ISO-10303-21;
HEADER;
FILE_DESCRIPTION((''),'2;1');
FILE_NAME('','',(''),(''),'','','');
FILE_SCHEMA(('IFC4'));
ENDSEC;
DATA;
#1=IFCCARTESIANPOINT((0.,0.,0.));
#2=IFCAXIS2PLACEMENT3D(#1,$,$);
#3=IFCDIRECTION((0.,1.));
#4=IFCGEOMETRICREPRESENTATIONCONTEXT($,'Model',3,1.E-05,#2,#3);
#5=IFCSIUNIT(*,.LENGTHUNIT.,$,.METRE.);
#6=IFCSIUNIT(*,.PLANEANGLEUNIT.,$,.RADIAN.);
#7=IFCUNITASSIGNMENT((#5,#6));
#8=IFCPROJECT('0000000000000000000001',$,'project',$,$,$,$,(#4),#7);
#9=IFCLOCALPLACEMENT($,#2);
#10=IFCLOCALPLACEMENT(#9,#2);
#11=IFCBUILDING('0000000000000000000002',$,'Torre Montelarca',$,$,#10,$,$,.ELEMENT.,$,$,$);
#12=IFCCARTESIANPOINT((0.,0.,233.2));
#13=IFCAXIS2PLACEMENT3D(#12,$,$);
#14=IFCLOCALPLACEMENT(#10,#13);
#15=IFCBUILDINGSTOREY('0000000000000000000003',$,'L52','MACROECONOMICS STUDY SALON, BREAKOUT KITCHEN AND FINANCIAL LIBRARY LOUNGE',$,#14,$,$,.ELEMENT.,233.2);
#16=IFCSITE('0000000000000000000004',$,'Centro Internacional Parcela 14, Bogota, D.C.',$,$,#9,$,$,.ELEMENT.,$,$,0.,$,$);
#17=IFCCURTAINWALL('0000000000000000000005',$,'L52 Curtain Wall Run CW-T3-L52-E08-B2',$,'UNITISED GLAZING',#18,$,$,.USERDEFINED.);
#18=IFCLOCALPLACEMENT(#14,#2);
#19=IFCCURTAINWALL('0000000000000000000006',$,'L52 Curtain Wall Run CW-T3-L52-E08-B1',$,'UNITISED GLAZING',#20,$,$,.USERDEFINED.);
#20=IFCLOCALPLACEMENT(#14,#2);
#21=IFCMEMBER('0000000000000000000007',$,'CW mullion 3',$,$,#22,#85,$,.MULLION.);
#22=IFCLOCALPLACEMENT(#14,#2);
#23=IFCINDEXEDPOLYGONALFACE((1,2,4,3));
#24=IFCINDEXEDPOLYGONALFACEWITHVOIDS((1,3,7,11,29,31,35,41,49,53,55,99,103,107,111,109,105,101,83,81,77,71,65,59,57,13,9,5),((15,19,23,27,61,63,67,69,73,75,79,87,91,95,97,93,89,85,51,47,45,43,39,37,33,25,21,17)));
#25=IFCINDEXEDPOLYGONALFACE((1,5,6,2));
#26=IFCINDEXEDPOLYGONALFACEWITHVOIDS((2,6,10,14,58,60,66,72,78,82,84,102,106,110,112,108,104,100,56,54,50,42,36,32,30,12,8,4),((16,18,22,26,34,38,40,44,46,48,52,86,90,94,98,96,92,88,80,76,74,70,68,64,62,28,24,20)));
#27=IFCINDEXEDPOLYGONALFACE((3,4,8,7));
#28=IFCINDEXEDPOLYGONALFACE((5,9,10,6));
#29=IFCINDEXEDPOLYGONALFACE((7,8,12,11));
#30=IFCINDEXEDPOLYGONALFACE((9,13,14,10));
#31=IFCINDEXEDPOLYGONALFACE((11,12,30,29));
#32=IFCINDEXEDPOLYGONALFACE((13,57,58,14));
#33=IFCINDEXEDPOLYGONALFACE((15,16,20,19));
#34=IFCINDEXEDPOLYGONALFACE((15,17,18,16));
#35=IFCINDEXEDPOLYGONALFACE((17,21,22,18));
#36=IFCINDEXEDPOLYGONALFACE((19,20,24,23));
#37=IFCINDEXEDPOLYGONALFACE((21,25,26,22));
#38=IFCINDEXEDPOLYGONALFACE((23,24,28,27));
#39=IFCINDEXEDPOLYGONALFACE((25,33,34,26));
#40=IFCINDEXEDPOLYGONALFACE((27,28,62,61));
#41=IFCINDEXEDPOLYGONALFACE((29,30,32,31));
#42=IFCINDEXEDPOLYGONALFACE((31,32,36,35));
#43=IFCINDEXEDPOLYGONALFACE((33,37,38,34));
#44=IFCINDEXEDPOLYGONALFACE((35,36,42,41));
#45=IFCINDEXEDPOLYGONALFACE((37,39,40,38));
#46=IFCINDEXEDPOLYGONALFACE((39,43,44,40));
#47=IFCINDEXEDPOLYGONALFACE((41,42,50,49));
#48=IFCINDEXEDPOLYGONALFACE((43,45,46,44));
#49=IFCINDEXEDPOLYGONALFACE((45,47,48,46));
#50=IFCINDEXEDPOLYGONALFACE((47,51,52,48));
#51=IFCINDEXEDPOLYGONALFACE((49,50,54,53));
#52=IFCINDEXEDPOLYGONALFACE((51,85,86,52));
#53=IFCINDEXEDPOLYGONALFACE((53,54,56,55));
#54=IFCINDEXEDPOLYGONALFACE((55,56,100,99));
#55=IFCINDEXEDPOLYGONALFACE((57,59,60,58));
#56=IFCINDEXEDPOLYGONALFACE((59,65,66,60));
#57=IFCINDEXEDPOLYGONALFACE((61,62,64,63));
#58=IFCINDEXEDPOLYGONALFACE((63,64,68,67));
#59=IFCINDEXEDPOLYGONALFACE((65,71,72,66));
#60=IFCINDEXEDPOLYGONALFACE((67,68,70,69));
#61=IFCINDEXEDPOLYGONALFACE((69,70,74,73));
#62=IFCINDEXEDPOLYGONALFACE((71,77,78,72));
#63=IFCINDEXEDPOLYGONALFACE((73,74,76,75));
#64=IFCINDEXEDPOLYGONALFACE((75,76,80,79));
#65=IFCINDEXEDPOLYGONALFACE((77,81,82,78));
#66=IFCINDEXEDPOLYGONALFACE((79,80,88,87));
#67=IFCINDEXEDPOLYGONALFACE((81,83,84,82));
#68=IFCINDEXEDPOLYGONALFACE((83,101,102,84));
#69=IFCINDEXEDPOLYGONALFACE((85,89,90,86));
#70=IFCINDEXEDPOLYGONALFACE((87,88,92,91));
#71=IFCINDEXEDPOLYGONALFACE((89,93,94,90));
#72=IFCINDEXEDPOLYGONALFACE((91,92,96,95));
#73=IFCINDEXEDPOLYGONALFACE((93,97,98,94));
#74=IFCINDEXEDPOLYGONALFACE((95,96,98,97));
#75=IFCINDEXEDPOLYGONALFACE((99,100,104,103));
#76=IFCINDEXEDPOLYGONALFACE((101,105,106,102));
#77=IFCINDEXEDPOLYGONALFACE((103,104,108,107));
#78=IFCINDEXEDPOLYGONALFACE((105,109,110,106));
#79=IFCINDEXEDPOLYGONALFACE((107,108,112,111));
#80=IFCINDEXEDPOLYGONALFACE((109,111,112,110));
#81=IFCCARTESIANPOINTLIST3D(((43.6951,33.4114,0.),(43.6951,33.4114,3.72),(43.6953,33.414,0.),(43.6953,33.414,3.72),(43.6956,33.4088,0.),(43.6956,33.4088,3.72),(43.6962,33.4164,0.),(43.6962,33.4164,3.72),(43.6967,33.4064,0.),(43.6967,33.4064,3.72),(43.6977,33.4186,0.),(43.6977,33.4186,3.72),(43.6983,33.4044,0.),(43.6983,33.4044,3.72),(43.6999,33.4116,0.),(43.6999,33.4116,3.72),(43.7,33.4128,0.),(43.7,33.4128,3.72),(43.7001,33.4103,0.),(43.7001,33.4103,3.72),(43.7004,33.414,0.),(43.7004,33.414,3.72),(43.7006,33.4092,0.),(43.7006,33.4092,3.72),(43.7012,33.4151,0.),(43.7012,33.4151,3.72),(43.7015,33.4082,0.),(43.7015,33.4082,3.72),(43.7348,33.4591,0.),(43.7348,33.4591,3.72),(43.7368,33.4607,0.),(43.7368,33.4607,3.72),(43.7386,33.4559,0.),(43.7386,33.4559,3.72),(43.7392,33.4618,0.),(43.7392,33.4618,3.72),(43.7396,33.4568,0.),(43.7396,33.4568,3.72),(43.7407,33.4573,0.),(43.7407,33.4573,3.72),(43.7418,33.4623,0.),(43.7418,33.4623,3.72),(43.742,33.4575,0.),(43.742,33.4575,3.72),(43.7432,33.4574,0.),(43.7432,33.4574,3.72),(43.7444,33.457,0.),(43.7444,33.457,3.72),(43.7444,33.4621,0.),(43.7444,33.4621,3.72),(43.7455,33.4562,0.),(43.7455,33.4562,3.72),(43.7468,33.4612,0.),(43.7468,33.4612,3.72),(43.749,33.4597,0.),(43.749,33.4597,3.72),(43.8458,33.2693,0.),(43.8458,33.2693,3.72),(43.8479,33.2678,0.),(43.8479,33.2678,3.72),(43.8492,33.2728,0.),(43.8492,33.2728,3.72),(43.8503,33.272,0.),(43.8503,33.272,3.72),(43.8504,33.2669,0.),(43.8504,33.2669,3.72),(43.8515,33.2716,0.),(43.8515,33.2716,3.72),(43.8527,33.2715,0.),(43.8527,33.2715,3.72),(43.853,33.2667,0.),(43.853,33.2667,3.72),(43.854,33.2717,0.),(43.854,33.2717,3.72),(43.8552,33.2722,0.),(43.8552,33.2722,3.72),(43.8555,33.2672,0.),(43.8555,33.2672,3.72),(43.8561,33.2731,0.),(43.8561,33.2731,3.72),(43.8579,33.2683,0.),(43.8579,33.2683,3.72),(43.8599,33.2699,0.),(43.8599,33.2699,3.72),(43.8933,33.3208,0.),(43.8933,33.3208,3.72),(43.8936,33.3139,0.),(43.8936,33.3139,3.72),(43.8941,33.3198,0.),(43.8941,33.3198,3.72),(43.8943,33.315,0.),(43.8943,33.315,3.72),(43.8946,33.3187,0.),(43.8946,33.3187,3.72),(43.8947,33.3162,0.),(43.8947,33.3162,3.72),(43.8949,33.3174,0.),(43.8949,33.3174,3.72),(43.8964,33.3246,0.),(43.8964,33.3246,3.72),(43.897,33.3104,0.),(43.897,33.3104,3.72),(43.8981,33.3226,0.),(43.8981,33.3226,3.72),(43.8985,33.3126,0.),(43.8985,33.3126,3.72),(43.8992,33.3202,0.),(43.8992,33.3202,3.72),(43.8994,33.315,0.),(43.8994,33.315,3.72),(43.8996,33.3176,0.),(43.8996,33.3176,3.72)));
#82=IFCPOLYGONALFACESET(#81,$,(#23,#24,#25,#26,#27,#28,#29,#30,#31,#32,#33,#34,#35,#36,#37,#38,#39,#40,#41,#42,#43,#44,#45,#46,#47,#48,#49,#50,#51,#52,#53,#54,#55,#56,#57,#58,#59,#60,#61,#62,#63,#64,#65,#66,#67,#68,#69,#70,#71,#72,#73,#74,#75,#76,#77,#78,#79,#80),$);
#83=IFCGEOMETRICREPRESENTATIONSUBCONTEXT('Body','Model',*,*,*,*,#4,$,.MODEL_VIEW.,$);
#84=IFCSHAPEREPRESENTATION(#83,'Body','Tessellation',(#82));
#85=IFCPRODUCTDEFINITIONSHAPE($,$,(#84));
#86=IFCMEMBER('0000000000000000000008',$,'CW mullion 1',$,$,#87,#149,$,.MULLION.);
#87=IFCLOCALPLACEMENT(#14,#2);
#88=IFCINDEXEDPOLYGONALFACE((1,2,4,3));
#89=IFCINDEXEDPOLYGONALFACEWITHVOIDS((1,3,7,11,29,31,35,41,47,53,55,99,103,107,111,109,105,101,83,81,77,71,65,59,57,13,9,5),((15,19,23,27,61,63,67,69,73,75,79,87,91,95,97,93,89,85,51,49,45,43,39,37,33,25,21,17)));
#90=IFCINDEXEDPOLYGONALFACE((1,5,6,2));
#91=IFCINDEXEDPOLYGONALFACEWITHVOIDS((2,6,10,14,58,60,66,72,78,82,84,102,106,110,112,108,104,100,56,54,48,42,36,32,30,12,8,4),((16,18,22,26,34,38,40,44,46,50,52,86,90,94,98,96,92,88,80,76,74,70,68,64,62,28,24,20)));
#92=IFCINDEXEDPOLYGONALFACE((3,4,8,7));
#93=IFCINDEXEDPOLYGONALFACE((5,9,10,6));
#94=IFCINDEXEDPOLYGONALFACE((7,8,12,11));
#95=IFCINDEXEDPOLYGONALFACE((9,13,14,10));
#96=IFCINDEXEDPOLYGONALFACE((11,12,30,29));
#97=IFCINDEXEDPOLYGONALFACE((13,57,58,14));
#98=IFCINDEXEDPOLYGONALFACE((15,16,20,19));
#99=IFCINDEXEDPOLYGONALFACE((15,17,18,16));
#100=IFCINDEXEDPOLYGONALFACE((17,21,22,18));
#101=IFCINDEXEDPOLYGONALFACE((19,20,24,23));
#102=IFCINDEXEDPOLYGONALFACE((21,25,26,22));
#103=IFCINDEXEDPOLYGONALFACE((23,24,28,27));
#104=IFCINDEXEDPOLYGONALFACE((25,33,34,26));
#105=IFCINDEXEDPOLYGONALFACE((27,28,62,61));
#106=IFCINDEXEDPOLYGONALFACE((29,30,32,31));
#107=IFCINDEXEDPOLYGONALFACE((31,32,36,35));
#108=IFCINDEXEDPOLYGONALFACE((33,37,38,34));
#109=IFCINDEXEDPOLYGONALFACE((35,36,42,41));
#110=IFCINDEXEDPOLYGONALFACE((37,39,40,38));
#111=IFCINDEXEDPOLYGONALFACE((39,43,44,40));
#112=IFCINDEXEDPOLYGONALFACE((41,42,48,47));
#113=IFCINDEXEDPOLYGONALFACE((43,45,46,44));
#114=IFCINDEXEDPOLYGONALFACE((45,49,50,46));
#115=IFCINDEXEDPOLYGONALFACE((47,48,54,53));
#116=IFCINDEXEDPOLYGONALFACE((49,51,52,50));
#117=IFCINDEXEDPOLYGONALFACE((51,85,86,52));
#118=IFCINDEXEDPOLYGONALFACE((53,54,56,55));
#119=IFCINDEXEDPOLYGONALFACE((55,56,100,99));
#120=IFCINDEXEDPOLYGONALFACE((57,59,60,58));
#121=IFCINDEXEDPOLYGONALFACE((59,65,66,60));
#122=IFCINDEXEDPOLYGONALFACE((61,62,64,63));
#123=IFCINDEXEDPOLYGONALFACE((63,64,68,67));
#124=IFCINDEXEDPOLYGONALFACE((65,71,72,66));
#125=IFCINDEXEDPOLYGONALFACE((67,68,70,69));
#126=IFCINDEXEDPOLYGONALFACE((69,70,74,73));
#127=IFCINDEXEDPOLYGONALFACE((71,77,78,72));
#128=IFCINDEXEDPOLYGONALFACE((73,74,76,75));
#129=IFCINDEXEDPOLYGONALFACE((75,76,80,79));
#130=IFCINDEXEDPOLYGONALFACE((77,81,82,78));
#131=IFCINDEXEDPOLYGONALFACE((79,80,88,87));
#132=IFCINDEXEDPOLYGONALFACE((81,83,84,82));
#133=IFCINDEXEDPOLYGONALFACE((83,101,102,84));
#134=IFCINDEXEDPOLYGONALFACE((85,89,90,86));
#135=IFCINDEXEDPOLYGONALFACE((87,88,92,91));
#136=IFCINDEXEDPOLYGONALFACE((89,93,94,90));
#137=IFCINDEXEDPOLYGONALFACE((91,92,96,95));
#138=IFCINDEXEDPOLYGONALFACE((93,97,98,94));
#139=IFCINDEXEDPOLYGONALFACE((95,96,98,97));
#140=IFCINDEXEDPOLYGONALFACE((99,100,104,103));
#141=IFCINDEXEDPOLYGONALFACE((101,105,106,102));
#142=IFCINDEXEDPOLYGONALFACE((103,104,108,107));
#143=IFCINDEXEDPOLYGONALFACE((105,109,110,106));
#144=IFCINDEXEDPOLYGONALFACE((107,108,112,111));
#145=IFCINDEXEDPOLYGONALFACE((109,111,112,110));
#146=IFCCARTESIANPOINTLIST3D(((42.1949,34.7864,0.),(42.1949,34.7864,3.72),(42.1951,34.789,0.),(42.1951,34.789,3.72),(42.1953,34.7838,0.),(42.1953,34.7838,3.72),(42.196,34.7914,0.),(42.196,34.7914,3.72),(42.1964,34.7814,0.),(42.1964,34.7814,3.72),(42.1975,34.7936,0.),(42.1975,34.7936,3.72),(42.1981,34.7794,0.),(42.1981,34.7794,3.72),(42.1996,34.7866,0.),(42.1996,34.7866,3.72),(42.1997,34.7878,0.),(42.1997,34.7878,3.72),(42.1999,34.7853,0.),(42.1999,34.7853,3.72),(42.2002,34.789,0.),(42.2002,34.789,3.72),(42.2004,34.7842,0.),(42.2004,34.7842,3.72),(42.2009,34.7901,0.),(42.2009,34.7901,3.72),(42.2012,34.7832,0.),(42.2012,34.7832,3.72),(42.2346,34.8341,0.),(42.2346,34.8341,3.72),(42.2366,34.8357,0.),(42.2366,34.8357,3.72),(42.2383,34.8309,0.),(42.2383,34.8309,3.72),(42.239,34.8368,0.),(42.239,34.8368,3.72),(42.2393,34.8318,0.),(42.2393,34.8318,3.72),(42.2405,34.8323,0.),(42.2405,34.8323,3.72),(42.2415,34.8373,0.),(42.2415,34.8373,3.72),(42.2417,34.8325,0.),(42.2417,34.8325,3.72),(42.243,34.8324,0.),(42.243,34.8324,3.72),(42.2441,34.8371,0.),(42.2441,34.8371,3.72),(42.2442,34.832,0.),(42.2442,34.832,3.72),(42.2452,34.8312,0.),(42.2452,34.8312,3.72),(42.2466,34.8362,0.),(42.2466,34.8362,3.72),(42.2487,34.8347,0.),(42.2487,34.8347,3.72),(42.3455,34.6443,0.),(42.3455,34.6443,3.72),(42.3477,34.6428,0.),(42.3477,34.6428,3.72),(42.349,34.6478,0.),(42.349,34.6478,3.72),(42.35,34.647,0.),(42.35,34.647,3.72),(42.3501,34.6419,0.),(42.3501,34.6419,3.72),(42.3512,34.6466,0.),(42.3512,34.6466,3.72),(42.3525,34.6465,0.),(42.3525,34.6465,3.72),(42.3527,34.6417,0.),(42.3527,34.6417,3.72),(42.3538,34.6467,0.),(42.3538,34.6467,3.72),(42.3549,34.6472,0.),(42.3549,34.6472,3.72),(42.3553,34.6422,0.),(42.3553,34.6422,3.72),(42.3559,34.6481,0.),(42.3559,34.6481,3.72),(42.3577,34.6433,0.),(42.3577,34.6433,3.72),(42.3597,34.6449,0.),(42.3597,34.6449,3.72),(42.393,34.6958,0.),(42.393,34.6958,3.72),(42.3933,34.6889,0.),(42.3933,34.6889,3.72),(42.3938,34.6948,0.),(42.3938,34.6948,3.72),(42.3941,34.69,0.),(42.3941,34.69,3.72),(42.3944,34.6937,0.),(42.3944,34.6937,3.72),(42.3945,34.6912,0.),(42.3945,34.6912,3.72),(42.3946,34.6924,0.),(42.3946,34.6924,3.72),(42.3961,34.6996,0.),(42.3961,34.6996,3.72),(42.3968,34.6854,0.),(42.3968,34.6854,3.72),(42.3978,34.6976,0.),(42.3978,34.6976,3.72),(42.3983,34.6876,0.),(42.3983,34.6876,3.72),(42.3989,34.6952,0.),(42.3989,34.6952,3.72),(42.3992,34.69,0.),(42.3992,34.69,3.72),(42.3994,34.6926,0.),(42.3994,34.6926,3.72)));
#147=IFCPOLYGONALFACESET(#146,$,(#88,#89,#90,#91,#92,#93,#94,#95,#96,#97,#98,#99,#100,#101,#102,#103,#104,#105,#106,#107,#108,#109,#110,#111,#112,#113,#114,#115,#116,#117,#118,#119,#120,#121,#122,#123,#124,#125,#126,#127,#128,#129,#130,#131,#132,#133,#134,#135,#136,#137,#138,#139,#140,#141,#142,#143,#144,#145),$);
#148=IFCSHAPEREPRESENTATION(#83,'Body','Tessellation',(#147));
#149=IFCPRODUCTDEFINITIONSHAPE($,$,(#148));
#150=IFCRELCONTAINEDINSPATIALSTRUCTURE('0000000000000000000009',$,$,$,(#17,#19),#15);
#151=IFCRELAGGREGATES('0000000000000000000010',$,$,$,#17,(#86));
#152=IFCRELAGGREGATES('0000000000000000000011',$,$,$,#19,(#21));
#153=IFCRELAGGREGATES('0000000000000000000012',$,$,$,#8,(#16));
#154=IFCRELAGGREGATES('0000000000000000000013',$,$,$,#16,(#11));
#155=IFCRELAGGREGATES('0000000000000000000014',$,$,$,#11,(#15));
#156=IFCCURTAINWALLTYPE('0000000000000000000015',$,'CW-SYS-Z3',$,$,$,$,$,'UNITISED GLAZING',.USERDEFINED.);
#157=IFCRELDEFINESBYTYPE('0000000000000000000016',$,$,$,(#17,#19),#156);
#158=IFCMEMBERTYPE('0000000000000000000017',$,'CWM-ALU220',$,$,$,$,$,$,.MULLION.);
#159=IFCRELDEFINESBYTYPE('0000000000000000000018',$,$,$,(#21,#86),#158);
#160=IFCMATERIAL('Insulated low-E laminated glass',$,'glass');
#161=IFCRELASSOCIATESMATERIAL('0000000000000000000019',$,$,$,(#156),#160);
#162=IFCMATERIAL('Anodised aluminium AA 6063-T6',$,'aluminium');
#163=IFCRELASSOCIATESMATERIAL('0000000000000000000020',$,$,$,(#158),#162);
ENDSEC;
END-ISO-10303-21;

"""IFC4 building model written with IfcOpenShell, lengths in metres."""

from ifc_helpers import new_model, si_unit, direction, frame, origin, origin_2d, place, context, subcontext, project, spatial, hollow_rectangle, extrude, source, transform, mapped, material, material_profile, profile_set, type_object, element, aggregate, save


model = new_model("IFC4")

# Units and contexts
model_context = context("Model", 3, precision=1e-05, world=origin(), true_north=direction((0.0, 1.0)))
body_context = subcontext(model_context, "Body", "Model", "MODEL_VIEW")
ifc_project = project(units=[si_unit("LENGTHUNIT", "METRE"), si_unit("PLANEANGLEUNIT", "RADIAN")], contexts=[model_context])

# Site, building, storey
site_placement = place(None, origin())
site = spatial("IfcSite", under=ifc_project, at=site_placement, Name="Centro Internacional Parcela 14, Bogota, D.C.", CompositionType="ELEMENT", RefElevation=0.0)
building_placement = place(site_placement, origin())
building = spatial("IfcBuilding", under=site, at=building_placement, Name="Torre Montelarca", CompositionType="ELEMENT")
storey_placement = place(building_placement, frame((0.0, 0.0, 233.2)))
storey = spatial("IfcBuildingStorey", under=building, at=storey_placement, Name="L52", Description="MACROECONOMICS STUDY SALON, BREAKOUT KITCHEN AND FINANCIAL LIBRARY LOUNGE", CompositionType="ELEMENT", Elevation=233.2)

# Curtain walls, member
ifc_material_1 = material(Name="Insulated low-E laminated glass", Category="glass")
curtain_wall_type = type_object("IfcCurtainWallType", Name="CW-SYS-Z3", ElementType="UNITISED GLAZING", PredefinedType="USERDEFINED", material=ifc_material_1)
curtain_wall_1_placement = place(storey_placement, origin())
curtain_wall_1 = element("IfcCurtainWall", 1, at=curtain_wall_1_placement, inside=storey, type_object=curtain_wall_type, Name="L52 Curtain Wall Run CW-T3-L52-E08-B2", ObjectType="UNITISED GLAZING", PredefinedType="USERDEFINED")
ifc_material_2 = material(Name="Anodised aluminium AA 6063-T6", Category="aluminium")
curtain_wall_2_placement = place(storey_placement, origin())
curtain_wall_2 = element("IfcCurtainWall", 2, at=curtain_wall_2_placement, inside=storey, type_object=curtain_wall_type, Name="L52 Curtain Wall Run CW-T3-L52-E08-B1", ObjectType="UNITISED GLAZING", PredefinedType="USERDEFINED")
ifc_material_profile_1 = material_profile(ifc_material_2, hollow_rectangle(XDim=0.075, YDim=0.22, WallThickness=0.0049, InnerFilletRadius=0.0049, OuterFilletRadius=0.01, at=origin_2d()), Name="ALU75X220X5", Category="aluminium")
ifc_profile_set_1 = profile_set([ifc_material_profile_1], Name="Anodised aluminium AA 6063-T6")
member_type_1 = type_object("IfcMemberType", Name="CWM-ALU220", PredefinedType="MULLION", material=ifc_profile_set_1)
shared_shape_1 = source(origin(), body_context, "Body", "SweptSolid", [
    extrude(hollow_rectangle(XDim=0.075, YDim=0.22, WallThickness=0.0049, InnerFilletRadius=0.0049, OuterFilletRadius=0.01, at=origin_2d()), origin(), (0.0, 0.0, 1.0), 3.72),
])
member_1_placement = place(storey_placement, frame((43.7974, 33.3645, 0.0), z_axis=(0.0, 0.0, 1.0), x_axis=(-0.675582, -0.737285, 0.0)))
member_1 = element("IfcMember", 3, at=member_1_placement, type_object=member_type_1, Name="CW mullion 3", PredefinedType="MULLION", context=body_context, shape_type="MappedRepresentation", body=[
    mapped(shared_shape_1, transform((0.0, 0.0, 0.0), scale=1.0)),
])

# Member
member_2_placement = place(storey_placement, frame((42.2971, 34.7395, 0.0), z_axis=(0.0, 0.0, 1.0), x_axis=(-0.675588, -0.737279, 0.0)))
member_2 = element("IfcMember", 4, at=member_2_placement, type_object=member_type_1, Name="CW mullion 1", PredefinedType="MULLION", context=body_context, shape_type="MappedRepresentation", body=[
    mapped(shared_shape_1, transform((0.0, 0.0, 0.0), scale=1.0)),
])

aggregate(curtain_wall_1, [member_2])
aggregate(curtain_wall_2, [member_1])

save(model, "model.ifc")
